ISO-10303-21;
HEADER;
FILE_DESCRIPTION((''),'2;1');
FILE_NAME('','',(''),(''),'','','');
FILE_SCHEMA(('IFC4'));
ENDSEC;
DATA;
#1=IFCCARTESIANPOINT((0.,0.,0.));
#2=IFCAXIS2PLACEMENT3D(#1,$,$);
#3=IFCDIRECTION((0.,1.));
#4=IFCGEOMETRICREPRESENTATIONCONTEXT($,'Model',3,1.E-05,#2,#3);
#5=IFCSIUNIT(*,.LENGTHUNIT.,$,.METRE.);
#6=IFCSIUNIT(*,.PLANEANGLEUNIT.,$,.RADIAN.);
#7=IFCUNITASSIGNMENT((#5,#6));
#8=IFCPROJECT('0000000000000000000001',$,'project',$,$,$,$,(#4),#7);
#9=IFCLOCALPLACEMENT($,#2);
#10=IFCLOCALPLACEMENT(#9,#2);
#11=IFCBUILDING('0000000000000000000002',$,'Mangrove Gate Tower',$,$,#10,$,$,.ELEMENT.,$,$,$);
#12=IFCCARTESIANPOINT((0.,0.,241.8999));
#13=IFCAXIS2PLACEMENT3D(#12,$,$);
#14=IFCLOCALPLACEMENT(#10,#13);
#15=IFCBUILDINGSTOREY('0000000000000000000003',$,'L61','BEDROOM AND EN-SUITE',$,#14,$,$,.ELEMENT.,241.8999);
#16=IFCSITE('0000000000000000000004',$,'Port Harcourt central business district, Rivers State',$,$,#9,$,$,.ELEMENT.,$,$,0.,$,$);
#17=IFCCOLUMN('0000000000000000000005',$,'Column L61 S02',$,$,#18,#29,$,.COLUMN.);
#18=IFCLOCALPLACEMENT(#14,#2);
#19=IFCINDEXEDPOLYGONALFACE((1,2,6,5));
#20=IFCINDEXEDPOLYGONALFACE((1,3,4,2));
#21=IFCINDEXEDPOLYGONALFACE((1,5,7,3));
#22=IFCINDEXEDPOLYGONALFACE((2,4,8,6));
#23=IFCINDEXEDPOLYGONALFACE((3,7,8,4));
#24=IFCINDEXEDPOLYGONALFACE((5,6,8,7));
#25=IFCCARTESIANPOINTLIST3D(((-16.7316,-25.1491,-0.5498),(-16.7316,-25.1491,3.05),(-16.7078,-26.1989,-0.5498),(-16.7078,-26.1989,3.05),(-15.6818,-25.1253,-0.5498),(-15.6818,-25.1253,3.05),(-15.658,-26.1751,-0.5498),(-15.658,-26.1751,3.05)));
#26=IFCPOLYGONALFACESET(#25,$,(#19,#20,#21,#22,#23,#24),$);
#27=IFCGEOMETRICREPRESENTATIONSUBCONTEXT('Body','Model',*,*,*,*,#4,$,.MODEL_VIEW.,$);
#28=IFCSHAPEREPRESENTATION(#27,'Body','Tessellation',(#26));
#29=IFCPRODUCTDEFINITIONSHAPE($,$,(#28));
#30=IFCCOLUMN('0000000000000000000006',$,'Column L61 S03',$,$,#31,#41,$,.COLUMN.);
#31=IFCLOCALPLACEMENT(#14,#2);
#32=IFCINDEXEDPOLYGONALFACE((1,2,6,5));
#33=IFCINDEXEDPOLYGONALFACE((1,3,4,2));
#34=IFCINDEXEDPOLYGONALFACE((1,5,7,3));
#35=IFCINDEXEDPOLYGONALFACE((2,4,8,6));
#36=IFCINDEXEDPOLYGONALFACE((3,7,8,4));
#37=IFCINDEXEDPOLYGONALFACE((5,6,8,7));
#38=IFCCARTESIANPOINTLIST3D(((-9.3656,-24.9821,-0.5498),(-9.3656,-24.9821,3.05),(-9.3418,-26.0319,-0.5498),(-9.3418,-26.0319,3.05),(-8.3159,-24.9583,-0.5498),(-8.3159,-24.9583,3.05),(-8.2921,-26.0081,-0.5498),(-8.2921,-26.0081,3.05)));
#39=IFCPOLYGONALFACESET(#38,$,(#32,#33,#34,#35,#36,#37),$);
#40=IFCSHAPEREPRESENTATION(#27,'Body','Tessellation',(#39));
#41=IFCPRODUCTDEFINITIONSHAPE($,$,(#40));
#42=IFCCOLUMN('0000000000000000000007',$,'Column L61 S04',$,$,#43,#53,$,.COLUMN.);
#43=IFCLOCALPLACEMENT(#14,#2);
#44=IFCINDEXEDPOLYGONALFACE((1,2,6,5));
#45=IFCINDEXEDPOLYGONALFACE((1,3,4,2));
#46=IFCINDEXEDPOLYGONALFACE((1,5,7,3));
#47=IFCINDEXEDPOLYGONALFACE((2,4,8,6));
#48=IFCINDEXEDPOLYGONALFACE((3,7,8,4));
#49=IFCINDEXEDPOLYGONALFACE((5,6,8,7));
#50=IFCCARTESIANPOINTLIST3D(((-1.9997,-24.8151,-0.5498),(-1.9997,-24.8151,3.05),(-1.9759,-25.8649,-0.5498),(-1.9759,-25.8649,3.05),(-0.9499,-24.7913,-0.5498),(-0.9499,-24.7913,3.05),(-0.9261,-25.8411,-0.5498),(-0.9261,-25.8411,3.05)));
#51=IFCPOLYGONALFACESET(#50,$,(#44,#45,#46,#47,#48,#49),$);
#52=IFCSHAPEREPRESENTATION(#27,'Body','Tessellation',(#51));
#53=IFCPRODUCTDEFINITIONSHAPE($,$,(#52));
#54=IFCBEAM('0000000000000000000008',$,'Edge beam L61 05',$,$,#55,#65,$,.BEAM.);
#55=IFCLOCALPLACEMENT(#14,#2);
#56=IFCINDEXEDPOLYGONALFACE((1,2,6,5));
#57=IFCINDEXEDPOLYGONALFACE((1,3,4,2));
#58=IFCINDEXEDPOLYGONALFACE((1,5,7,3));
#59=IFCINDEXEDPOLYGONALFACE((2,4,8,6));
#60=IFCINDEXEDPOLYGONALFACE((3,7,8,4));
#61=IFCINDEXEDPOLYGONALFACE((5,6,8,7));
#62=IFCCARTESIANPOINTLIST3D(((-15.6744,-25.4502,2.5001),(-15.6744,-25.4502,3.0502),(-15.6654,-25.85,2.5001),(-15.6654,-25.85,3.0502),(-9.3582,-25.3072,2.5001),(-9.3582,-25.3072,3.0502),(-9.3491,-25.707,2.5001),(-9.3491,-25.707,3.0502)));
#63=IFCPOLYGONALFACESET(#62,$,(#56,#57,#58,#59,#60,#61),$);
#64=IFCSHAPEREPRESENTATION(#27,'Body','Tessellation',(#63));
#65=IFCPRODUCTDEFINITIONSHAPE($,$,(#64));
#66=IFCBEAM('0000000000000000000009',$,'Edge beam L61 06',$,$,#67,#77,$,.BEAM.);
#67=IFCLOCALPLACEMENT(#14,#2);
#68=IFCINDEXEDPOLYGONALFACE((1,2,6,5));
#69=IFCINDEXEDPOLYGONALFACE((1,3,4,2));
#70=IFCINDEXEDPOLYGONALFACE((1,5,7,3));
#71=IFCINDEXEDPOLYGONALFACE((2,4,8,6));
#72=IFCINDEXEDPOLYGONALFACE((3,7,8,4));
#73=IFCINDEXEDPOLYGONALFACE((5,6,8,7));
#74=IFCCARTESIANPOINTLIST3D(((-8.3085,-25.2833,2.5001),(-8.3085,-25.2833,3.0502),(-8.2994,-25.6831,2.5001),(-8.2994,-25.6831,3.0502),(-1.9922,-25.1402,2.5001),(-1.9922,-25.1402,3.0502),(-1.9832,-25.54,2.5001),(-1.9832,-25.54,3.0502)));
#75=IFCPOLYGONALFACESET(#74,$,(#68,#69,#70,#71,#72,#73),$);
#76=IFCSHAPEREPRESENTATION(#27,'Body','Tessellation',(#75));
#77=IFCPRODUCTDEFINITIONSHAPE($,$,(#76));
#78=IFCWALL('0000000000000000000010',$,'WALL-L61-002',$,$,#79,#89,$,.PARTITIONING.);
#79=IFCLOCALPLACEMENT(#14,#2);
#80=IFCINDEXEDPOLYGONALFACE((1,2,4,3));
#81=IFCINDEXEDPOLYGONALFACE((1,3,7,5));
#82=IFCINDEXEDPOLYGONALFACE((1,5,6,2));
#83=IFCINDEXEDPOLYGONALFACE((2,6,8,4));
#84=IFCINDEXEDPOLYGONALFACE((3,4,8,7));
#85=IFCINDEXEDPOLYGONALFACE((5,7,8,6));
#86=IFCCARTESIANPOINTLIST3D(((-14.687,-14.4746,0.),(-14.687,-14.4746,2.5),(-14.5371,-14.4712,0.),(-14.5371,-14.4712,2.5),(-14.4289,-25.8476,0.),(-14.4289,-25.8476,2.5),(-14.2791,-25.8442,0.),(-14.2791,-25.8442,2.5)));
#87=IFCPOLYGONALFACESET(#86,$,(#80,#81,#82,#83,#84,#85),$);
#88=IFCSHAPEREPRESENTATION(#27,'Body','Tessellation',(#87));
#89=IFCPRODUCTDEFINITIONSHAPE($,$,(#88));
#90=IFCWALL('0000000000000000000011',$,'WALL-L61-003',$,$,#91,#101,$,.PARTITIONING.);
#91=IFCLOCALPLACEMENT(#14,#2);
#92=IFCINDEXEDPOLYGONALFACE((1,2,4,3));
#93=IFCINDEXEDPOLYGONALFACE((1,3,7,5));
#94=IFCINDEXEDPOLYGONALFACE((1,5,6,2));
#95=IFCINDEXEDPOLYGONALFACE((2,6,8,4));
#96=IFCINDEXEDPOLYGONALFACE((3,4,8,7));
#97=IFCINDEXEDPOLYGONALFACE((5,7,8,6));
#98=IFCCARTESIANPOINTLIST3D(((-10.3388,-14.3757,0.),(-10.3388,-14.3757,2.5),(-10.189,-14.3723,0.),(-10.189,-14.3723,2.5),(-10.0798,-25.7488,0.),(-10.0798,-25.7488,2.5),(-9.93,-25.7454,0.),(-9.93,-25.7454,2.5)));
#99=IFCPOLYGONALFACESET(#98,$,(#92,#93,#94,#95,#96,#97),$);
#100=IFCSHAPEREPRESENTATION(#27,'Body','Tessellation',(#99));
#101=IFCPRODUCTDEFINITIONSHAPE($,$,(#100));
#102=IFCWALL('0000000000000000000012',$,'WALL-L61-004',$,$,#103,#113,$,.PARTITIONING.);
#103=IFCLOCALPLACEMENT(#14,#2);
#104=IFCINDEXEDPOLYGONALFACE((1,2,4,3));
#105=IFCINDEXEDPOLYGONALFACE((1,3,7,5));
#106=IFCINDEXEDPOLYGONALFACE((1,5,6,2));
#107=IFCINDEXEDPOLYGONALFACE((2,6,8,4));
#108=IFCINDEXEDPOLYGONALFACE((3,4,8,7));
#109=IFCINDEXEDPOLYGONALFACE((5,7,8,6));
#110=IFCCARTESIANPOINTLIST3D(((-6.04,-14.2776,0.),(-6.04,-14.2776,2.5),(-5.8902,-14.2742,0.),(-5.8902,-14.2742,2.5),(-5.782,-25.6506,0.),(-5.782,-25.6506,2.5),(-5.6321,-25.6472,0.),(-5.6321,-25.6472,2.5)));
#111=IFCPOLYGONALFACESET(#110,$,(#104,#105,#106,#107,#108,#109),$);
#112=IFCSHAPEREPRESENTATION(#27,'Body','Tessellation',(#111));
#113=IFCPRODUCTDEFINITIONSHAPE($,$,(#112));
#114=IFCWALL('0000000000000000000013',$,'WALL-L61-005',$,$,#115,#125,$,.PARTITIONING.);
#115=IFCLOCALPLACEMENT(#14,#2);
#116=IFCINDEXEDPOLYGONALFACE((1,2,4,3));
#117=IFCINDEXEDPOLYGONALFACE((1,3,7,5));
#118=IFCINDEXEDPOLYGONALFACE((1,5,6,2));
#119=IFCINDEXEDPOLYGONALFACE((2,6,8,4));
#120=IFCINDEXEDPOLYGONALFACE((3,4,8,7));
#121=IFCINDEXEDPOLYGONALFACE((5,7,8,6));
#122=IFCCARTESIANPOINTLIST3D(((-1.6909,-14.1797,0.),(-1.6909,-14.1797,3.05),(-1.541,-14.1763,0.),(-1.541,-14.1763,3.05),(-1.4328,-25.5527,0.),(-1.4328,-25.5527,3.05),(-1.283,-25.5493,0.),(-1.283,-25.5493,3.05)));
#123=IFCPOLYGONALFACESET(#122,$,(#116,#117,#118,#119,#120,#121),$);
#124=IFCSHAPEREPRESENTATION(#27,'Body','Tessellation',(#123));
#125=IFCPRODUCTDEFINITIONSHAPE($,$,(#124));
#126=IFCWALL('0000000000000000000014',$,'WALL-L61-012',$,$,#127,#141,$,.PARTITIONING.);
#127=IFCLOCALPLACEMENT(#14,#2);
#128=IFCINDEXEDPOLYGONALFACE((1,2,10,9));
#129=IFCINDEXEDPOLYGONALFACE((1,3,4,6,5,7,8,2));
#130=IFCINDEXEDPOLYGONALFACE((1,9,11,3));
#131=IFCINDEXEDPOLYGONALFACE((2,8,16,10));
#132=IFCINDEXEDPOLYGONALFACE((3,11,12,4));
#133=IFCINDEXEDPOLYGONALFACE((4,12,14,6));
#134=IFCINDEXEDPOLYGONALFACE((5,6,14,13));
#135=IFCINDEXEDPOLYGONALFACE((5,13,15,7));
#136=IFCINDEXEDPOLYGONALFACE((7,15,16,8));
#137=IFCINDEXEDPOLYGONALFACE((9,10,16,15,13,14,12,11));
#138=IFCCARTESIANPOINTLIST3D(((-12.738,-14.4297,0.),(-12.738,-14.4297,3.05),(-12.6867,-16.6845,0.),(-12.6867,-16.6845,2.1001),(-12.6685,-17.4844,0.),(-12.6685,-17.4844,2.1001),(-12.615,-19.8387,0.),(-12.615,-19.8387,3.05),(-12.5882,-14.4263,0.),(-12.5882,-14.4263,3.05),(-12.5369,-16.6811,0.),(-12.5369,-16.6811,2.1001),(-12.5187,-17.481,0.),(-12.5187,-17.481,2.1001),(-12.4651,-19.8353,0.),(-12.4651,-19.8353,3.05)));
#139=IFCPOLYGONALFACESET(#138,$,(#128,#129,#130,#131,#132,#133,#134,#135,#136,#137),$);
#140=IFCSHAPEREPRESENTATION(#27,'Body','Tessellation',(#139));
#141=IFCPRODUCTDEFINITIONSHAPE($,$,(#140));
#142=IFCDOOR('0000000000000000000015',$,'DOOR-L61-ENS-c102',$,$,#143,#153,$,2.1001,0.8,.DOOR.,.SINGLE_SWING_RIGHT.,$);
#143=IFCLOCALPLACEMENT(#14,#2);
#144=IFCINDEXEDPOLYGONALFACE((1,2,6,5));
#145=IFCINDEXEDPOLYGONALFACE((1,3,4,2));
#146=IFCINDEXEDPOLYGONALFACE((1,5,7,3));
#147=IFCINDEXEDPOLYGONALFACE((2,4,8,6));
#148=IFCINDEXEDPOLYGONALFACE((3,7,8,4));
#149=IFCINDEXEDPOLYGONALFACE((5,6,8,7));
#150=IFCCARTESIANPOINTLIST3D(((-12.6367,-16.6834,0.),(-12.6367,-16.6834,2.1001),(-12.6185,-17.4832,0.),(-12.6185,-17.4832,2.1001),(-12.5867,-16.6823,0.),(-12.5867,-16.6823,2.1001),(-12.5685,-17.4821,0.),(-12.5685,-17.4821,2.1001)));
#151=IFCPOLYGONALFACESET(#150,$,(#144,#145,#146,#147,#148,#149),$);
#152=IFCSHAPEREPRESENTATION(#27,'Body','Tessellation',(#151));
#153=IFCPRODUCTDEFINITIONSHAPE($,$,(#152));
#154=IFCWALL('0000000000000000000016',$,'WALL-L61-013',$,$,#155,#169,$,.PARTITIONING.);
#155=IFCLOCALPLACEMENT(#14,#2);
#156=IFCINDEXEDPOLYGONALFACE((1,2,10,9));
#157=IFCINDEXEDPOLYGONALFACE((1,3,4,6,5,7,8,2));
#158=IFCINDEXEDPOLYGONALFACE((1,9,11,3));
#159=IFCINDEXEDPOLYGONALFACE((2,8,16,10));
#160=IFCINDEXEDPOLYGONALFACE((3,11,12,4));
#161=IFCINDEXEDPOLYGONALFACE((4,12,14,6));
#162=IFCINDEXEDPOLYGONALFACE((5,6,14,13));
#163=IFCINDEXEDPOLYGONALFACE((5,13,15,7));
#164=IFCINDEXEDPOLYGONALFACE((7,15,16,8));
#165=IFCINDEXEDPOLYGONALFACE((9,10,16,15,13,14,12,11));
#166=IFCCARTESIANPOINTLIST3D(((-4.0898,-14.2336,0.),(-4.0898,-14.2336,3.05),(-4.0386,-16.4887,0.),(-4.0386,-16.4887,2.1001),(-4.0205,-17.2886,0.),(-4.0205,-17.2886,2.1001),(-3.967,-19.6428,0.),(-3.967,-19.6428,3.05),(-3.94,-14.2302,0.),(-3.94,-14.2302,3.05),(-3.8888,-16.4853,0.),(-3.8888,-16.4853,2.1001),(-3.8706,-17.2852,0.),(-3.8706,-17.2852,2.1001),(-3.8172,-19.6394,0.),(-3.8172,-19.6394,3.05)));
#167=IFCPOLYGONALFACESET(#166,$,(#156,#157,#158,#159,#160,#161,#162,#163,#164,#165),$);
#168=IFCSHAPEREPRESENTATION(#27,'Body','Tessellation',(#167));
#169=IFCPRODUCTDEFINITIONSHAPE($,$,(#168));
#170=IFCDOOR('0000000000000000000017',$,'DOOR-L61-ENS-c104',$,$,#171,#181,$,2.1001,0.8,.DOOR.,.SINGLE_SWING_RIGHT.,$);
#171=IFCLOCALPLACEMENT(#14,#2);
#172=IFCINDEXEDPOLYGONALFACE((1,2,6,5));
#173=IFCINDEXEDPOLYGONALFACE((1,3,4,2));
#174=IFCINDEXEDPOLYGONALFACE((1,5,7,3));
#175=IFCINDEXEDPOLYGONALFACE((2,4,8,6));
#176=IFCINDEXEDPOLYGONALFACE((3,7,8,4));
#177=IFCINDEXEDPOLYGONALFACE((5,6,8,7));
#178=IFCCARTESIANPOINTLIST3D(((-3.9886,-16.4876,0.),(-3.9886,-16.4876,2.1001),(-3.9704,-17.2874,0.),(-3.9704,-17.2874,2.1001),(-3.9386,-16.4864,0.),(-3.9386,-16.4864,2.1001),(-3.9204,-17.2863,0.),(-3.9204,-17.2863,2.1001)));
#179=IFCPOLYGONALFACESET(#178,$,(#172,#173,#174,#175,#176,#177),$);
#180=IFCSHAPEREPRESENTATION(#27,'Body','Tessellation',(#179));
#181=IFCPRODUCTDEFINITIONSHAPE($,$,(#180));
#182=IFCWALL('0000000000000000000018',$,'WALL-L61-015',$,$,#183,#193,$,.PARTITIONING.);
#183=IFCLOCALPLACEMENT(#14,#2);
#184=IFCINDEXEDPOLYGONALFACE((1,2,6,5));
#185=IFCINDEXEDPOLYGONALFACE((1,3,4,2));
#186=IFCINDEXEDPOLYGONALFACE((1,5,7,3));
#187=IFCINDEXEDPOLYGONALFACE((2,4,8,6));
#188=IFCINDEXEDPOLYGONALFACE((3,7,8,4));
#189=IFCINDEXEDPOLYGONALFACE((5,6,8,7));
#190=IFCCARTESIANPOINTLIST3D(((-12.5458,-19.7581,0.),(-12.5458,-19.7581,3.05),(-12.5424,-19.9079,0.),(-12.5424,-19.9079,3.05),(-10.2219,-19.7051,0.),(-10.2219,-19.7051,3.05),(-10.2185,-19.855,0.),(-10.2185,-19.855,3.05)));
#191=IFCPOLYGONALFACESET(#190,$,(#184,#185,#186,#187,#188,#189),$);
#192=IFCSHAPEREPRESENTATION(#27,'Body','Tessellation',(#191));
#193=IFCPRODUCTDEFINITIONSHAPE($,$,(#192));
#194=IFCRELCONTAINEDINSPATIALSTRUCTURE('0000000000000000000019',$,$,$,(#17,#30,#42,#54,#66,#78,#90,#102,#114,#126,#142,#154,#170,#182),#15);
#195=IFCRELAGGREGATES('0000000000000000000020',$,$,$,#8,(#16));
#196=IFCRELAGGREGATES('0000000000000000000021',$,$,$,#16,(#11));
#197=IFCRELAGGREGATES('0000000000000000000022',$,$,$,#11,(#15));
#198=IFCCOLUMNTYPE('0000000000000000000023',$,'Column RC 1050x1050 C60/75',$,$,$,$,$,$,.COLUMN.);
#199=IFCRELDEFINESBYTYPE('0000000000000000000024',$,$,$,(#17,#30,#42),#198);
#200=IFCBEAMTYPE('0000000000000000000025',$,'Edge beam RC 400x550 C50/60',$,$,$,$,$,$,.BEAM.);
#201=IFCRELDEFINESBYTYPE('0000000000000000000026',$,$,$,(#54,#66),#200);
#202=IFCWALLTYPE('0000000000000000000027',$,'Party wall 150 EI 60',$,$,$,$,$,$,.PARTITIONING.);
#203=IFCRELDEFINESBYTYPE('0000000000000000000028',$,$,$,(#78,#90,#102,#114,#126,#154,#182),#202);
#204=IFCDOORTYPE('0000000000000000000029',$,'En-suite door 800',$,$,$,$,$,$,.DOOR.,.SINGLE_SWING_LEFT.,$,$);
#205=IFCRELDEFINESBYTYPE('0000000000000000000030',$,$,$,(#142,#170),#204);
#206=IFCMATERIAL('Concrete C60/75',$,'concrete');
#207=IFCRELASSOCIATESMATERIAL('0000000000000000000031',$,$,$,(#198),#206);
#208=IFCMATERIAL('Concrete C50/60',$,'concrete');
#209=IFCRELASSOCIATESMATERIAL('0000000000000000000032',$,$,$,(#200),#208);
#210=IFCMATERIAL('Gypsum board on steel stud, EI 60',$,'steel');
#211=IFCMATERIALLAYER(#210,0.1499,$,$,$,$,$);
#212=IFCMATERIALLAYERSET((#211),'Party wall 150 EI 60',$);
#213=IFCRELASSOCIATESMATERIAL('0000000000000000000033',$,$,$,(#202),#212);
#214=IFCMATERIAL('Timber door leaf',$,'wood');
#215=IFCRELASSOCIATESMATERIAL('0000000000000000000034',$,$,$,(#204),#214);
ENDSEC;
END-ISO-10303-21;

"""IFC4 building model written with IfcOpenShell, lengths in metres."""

from ifc_helpers import new_model, si_unit, direction, frame, frame_2d, origin, origin_2d, place, context, subcontext, project, spatial, rectangle, extrude, material, layer, layer_set, material_profile, profile_set, type_object, element, fill, save


model = new_model("IFC4")

# Units and contexts
model_context = context("Model", 3, precision=1e-05, world=origin(), true_north=direction((0.0, 1.0)))
body_context = subcontext(model_context, "Body", "Model", "MODEL_VIEW")
ifc_project = project(units=[si_unit("LENGTHUNIT", "METRE"), si_unit("PLANEANGLEUNIT", "RADIAN")], contexts=[model_context])

# Site, building, storey
site_placement = place(None, origin())
site = spatial("IfcSite", under=ifc_project, at=site_placement, Name="Port Harcourt central business district, Rivers State", CompositionType="ELEMENT", RefElevation=0.0)
building_placement = place(site_placement, origin())
building = spatial("IfcBuilding", under=site, at=building_placement, Name="Mangrove Gate Tower", CompositionType="ELEMENT")
storey_placement = place(building_placement, frame((0.0, 0.0, 241.8999)))
storey = spatial("IfcBuildingStorey", under=building, at=storey_placement, Name="L61", Description="BEDROOM AND EN-SUITE", CompositionType="ELEMENT", Elevation=241.8999)

# Columns
ifc_material_1 = material(Name="Concrete C60/75", Category="concrete")
ifc_material_profile_1 = material_profile(ifc_material_1, rectangle(XDim=1.05, YDim=1.05, at=origin_2d()))
ifc_profile_set_1 = profile_set([ifc_material_profile_1], Name="Concrete C60/75")
column_type = type_object("IfcColumnType", Name="Column RC 1050x1050 C60/75", PredefinedType="COLUMN", material=ifc_profile_set_1)
for number, where, z_axis, x_axis, name in (
    (1, (-16.1948, -25.6621, -0.5498), (0.0, 0.0, 1.0), (0.999743, 0.022666, 0.0), "Column L61 S02"),
    (2, (-8.8289, -25.4951, -0.5498), (0.0, 0.0, 1.0), (0.999743, 0.022666, 0.0), "Column L61 S03"),
    (3, (-1.4629, -25.3281, -0.5498), (0.0, 0.0, 1.0), (0.999743, 0.022666, 0.0), "Column L61 S04"),
):
    element("IfcColumn", number, at=place(storey_placement, frame(where, z_axis=z_axis, x_axis=x_axis)), inside=storey, type_object=column_type, Name=name, PredefinedType="COLUMN", context=body_context, shape_type="SweptSolid", body=[
        extrude(rectangle(XDim=1.05, YDim=1.05, at=origin_2d()), origin(), (0.0, 0.0, 1.0), 3.5999),
    ])

# Beams
ifc_material_2 = material(Name="Concrete C50/60", Category="concrete")
ifc_material_profile_2 = material_profile(ifc_material_2, rectangle(XDim=0.3999, YDim=0.55, at=origin_2d()))
ifc_profile_set_2 = profile_set([ifc_material_profile_2], Name="Concrete C50/60")
beam_type = type_object("IfcBeamType", Name="Edge beam RC 400x550 C50/60", PredefinedType="BEAM", material=ifc_profile_set_2)
for number, where, z_axis, x_axis, name in (
    (4, (-15.6699, -25.6501, 2.7751), (0.999744, 0.022645, 0.0), (-0.022645, 0.999744, 0.0), "Edge beam L61 05"),
    (5, (-8.304, -25.4832, 2.7751), (0.999744, 0.022645, 0.0), (-0.022645, 0.999744, 0.0), "Edge beam L61 06"),
):
    element("IfcBeam", number, at=place(storey_placement, frame(where, z_axis=z_axis, x_axis=x_axis)), inside=storey, type_object=beam_type, Name=name, PredefinedType="BEAM", context=body_context, shape_type="SweptSolid", body=[
        extrude(rectangle(XDim=0.3999, YDim=0.55, at=origin_2d()), origin(), (0.0, 0.0, 1.0), 6.3179),
    ])

# Walls
ifc_material_3 = material(Name="Gypsum board on steel stud, EI 60", Category="steel")
ifc_layer_1 = layer(ifc_material_3, 0.1499)
ifc_layer_set_1 = layer_set([ifc_layer_1], Name="Party wall 150 EI 60")
wall_type_1 = type_object("IfcWallType", Name="Party wall 150 EI 60", PredefinedType="PARTITIONING", material=ifc_layer_set_1)
for number, where, z_axis, x_axis, name in (
    (6, (-14.354, -25.8459, 0.0), (0.0, 0.0, 1.0), (-0.022684, 0.999743, 0.0), "WALL-L61-002"),
    (7, (-10.0049, -25.7471, 0.0), (0.0, 0.0, 1.0), (-0.02277, 0.999741, 0.0), "WALL-L61-003"),
    (8, (-5.707, -25.6489, 0.0), (0.0, 0.0, 1.0), (-0.022684, 0.999743, 0.0), "WALL-L61-004"),
):
    element("IfcWall", number, at=place(storey_placement, frame(where, z_axis=z_axis, x_axis=x_axis)), inside=storey, type_object=wall_type_1, Name=name, PredefinedType="PARTITIONING", context=body_context, shape_type="SweptSolid", body=[
        extrude(rectangle(XDim=11.376, YDim=0.1499, at=frame_2d((5.688, 0.0))), origin(), (0.0, 0.0, 1.0), 2.5),
    ])
wall_1_placement = place(storey_placement, frame((-1.3579, -25.551, 0.0), z_axis=(0.0, 0.0, 1.0), x_axis=(-0.022684, 0.999743, 0.0)))
element("IfcWall", 9, at=wall_1_placement, inside=storey, type_object=wall_type_1, Name="WALL-L61-005", PredefinedType="PARTITIONING", context=body_context, shape_type="SweptSolid", body=[
    extrude(rectangle(XDim=11.376, YDim=0.1499, at=frame_2d((5.688, 0.0))), origin(), (0.0, 0.0, 1.0), 3.05),
])

# Walls, openings, doors
wall_2_placement = place(storey_placement, frame((-12.54, -19.8369, 0.0), z_axis=(0.0, 0.0, 1.0), x_axis=(-0.022743, 0.999741, 0.0)))
wall_2 = element("IfcWall", 10, at=wall_2_placement, inside=storey, type_object=wall_type_1, Name="WALL-L61-012", PredefinedType="PARTITIONING", context=body_context, shape_type="SweptSolid", body=[
    extrude(rectangle(XDim=5.4104, YDim=0.1499, at=frame_2d((2.7051, 0.0))), origin(), (0.0, 0.0, 1.0), 3.05),
])
opening_1_placement = place(wall_2_placement, frame((2.355, 0.0, 0.0)))
opening_1 = element("IfcOpeningElement", 11, at=opening_1_placement, cuts=wall_2, PredefinedType="OPENING", context=body_context, shape_type="SweptSolid", body=[
    extrude(rectangle(XDim=0.8, YDim=2.1001, at=frame_2d((0.3999, 1.05))), frame((0.0, 0.085, 0.0), z_axis=(0.0, -1.0, 0.0), x_axis=(1.0, 0.0, 0.0)), (0.0, 0.0, 1.0), 0.1699),
])
ifc_material_4 = material(Name="Timber door leaf", Category="wood")
door_type = type_object("IfcDoorType", Name="En-suite door 800", OperationType="SINGLE_SWING_LEFT", PredefinedType="DOOR", material=ifc_material_4)
door_1_placement = place(opening_1_placement, origin())
door_1 = element("IfcDoor", 12, at=door_1_placement, inside=storey, type_object=door_type, Name="DOOR-L61-ENS-c102", OperationType="SINGLE_SWING_RIGHT", OverallHeight=2.1001, OverallWidth=0.8, PredefinedType="DOOR", context=body_context, shape_type="SweptSolid", body=[
    extrude(rectangle(XDim=0.8, YDim=2.1001, at=frame_2d((0.3999, 1.05))), frame((0.0, 0.0249, 0.0), z_axis=(0.0, -1.0, 0.0), x_axis=(1.0, 0.0, 0.0)), (0.0, 0.0, 1.0), 0.05),
])
fill(opening_1, door_1)
wall_3_placement = place(storey_placement, frame((-3.8921, -19.6411, 0.0), z_axis=(0.0, 0.0, 1.0), x_axis=(-0.022697, 0.999742, 0.0)))
wall_3 = element("IfcWall", 13, at=wall_3_placement, inside=storey, type_object=wall_type_1, Name="WALL-L61-013", PredefinedType="PARTITIONING", context=body_context, shape_type="SweptSolid", body=[
    extrude(rectangle(XDim=5.4106, YDim=0.1499, at=frame_2d((2.7053, 0.0))), origin(), (0.0, 0.0, 1.0), 3.05),
])
opening_2_placement = place(wall_3_placement, frame((2.355, 0.0, 0.0)))
opening_2 = element("IfcOpeningElement", 14, at=opening_2_placement, cuts=wall_3, PredefinedType="OPENING", context=body_context, shape_type="SweptSolid", body=[
    extrude(rectangle(XDim=0.8, YDim=2.1001, at=frame_2d((0.3999, 1.05))), frame((0.0, 0.085, 0.0), z_axis=(0.0, -1.0, 0.0), x_axis=(1.0, 0.0, 0.0)), (0.0, 0.0, 1.0), 0.1699),
])
door_2_placement = place(opening_2_placement, origin())
door_2 = element("IfcDoor", 15, at=door_2_placement, inside=storey, type_object=door_type, Name="DOOR-L61-ENS-c104", OperationType="SINGLE_SWING_RIGHT", OverallHeight=2.1001, OverallWidth=0.8, PredefinedType="DOOR", context=body_context, shape_type="SweptSolid", body=[
    extrude(rectangle(XDim=0.8, YDim=2.1001, at=frame_2d((0.3999, 1.05))), frame((0.0, 0.0249, 0.0), z_axis=(0.0, -1.0, 0.0), x_axis=(1.0, 0.0, 0.0)), (0.0, 0.0, 1.0), 0.05),
])
fill(opening_2, door_2)

# Wall
wall_4_placement = place(storey_placement, frame((-12.5439, -19.833, 0.0), z_axis=(0.0, 0.0, 1.0), x_axis=(0.99974, 0.022791, 0.0)))
element("IfcWall", 16, at=wall_4_placement, inside=storey, type_object=wall_type_1, Name="WALL-L61-015", PredefinedType="PARTITIONING", context=body_context, shape_type="SweptSolid", body=[
    extrude(rectangle(XDim=2.3245, YDim=0.1499, at=frame_2d((1.1621, 0.0))), origin(), (0.0, 0.0, 1.0), 3.05),
])

save(model, "model.ifc")
